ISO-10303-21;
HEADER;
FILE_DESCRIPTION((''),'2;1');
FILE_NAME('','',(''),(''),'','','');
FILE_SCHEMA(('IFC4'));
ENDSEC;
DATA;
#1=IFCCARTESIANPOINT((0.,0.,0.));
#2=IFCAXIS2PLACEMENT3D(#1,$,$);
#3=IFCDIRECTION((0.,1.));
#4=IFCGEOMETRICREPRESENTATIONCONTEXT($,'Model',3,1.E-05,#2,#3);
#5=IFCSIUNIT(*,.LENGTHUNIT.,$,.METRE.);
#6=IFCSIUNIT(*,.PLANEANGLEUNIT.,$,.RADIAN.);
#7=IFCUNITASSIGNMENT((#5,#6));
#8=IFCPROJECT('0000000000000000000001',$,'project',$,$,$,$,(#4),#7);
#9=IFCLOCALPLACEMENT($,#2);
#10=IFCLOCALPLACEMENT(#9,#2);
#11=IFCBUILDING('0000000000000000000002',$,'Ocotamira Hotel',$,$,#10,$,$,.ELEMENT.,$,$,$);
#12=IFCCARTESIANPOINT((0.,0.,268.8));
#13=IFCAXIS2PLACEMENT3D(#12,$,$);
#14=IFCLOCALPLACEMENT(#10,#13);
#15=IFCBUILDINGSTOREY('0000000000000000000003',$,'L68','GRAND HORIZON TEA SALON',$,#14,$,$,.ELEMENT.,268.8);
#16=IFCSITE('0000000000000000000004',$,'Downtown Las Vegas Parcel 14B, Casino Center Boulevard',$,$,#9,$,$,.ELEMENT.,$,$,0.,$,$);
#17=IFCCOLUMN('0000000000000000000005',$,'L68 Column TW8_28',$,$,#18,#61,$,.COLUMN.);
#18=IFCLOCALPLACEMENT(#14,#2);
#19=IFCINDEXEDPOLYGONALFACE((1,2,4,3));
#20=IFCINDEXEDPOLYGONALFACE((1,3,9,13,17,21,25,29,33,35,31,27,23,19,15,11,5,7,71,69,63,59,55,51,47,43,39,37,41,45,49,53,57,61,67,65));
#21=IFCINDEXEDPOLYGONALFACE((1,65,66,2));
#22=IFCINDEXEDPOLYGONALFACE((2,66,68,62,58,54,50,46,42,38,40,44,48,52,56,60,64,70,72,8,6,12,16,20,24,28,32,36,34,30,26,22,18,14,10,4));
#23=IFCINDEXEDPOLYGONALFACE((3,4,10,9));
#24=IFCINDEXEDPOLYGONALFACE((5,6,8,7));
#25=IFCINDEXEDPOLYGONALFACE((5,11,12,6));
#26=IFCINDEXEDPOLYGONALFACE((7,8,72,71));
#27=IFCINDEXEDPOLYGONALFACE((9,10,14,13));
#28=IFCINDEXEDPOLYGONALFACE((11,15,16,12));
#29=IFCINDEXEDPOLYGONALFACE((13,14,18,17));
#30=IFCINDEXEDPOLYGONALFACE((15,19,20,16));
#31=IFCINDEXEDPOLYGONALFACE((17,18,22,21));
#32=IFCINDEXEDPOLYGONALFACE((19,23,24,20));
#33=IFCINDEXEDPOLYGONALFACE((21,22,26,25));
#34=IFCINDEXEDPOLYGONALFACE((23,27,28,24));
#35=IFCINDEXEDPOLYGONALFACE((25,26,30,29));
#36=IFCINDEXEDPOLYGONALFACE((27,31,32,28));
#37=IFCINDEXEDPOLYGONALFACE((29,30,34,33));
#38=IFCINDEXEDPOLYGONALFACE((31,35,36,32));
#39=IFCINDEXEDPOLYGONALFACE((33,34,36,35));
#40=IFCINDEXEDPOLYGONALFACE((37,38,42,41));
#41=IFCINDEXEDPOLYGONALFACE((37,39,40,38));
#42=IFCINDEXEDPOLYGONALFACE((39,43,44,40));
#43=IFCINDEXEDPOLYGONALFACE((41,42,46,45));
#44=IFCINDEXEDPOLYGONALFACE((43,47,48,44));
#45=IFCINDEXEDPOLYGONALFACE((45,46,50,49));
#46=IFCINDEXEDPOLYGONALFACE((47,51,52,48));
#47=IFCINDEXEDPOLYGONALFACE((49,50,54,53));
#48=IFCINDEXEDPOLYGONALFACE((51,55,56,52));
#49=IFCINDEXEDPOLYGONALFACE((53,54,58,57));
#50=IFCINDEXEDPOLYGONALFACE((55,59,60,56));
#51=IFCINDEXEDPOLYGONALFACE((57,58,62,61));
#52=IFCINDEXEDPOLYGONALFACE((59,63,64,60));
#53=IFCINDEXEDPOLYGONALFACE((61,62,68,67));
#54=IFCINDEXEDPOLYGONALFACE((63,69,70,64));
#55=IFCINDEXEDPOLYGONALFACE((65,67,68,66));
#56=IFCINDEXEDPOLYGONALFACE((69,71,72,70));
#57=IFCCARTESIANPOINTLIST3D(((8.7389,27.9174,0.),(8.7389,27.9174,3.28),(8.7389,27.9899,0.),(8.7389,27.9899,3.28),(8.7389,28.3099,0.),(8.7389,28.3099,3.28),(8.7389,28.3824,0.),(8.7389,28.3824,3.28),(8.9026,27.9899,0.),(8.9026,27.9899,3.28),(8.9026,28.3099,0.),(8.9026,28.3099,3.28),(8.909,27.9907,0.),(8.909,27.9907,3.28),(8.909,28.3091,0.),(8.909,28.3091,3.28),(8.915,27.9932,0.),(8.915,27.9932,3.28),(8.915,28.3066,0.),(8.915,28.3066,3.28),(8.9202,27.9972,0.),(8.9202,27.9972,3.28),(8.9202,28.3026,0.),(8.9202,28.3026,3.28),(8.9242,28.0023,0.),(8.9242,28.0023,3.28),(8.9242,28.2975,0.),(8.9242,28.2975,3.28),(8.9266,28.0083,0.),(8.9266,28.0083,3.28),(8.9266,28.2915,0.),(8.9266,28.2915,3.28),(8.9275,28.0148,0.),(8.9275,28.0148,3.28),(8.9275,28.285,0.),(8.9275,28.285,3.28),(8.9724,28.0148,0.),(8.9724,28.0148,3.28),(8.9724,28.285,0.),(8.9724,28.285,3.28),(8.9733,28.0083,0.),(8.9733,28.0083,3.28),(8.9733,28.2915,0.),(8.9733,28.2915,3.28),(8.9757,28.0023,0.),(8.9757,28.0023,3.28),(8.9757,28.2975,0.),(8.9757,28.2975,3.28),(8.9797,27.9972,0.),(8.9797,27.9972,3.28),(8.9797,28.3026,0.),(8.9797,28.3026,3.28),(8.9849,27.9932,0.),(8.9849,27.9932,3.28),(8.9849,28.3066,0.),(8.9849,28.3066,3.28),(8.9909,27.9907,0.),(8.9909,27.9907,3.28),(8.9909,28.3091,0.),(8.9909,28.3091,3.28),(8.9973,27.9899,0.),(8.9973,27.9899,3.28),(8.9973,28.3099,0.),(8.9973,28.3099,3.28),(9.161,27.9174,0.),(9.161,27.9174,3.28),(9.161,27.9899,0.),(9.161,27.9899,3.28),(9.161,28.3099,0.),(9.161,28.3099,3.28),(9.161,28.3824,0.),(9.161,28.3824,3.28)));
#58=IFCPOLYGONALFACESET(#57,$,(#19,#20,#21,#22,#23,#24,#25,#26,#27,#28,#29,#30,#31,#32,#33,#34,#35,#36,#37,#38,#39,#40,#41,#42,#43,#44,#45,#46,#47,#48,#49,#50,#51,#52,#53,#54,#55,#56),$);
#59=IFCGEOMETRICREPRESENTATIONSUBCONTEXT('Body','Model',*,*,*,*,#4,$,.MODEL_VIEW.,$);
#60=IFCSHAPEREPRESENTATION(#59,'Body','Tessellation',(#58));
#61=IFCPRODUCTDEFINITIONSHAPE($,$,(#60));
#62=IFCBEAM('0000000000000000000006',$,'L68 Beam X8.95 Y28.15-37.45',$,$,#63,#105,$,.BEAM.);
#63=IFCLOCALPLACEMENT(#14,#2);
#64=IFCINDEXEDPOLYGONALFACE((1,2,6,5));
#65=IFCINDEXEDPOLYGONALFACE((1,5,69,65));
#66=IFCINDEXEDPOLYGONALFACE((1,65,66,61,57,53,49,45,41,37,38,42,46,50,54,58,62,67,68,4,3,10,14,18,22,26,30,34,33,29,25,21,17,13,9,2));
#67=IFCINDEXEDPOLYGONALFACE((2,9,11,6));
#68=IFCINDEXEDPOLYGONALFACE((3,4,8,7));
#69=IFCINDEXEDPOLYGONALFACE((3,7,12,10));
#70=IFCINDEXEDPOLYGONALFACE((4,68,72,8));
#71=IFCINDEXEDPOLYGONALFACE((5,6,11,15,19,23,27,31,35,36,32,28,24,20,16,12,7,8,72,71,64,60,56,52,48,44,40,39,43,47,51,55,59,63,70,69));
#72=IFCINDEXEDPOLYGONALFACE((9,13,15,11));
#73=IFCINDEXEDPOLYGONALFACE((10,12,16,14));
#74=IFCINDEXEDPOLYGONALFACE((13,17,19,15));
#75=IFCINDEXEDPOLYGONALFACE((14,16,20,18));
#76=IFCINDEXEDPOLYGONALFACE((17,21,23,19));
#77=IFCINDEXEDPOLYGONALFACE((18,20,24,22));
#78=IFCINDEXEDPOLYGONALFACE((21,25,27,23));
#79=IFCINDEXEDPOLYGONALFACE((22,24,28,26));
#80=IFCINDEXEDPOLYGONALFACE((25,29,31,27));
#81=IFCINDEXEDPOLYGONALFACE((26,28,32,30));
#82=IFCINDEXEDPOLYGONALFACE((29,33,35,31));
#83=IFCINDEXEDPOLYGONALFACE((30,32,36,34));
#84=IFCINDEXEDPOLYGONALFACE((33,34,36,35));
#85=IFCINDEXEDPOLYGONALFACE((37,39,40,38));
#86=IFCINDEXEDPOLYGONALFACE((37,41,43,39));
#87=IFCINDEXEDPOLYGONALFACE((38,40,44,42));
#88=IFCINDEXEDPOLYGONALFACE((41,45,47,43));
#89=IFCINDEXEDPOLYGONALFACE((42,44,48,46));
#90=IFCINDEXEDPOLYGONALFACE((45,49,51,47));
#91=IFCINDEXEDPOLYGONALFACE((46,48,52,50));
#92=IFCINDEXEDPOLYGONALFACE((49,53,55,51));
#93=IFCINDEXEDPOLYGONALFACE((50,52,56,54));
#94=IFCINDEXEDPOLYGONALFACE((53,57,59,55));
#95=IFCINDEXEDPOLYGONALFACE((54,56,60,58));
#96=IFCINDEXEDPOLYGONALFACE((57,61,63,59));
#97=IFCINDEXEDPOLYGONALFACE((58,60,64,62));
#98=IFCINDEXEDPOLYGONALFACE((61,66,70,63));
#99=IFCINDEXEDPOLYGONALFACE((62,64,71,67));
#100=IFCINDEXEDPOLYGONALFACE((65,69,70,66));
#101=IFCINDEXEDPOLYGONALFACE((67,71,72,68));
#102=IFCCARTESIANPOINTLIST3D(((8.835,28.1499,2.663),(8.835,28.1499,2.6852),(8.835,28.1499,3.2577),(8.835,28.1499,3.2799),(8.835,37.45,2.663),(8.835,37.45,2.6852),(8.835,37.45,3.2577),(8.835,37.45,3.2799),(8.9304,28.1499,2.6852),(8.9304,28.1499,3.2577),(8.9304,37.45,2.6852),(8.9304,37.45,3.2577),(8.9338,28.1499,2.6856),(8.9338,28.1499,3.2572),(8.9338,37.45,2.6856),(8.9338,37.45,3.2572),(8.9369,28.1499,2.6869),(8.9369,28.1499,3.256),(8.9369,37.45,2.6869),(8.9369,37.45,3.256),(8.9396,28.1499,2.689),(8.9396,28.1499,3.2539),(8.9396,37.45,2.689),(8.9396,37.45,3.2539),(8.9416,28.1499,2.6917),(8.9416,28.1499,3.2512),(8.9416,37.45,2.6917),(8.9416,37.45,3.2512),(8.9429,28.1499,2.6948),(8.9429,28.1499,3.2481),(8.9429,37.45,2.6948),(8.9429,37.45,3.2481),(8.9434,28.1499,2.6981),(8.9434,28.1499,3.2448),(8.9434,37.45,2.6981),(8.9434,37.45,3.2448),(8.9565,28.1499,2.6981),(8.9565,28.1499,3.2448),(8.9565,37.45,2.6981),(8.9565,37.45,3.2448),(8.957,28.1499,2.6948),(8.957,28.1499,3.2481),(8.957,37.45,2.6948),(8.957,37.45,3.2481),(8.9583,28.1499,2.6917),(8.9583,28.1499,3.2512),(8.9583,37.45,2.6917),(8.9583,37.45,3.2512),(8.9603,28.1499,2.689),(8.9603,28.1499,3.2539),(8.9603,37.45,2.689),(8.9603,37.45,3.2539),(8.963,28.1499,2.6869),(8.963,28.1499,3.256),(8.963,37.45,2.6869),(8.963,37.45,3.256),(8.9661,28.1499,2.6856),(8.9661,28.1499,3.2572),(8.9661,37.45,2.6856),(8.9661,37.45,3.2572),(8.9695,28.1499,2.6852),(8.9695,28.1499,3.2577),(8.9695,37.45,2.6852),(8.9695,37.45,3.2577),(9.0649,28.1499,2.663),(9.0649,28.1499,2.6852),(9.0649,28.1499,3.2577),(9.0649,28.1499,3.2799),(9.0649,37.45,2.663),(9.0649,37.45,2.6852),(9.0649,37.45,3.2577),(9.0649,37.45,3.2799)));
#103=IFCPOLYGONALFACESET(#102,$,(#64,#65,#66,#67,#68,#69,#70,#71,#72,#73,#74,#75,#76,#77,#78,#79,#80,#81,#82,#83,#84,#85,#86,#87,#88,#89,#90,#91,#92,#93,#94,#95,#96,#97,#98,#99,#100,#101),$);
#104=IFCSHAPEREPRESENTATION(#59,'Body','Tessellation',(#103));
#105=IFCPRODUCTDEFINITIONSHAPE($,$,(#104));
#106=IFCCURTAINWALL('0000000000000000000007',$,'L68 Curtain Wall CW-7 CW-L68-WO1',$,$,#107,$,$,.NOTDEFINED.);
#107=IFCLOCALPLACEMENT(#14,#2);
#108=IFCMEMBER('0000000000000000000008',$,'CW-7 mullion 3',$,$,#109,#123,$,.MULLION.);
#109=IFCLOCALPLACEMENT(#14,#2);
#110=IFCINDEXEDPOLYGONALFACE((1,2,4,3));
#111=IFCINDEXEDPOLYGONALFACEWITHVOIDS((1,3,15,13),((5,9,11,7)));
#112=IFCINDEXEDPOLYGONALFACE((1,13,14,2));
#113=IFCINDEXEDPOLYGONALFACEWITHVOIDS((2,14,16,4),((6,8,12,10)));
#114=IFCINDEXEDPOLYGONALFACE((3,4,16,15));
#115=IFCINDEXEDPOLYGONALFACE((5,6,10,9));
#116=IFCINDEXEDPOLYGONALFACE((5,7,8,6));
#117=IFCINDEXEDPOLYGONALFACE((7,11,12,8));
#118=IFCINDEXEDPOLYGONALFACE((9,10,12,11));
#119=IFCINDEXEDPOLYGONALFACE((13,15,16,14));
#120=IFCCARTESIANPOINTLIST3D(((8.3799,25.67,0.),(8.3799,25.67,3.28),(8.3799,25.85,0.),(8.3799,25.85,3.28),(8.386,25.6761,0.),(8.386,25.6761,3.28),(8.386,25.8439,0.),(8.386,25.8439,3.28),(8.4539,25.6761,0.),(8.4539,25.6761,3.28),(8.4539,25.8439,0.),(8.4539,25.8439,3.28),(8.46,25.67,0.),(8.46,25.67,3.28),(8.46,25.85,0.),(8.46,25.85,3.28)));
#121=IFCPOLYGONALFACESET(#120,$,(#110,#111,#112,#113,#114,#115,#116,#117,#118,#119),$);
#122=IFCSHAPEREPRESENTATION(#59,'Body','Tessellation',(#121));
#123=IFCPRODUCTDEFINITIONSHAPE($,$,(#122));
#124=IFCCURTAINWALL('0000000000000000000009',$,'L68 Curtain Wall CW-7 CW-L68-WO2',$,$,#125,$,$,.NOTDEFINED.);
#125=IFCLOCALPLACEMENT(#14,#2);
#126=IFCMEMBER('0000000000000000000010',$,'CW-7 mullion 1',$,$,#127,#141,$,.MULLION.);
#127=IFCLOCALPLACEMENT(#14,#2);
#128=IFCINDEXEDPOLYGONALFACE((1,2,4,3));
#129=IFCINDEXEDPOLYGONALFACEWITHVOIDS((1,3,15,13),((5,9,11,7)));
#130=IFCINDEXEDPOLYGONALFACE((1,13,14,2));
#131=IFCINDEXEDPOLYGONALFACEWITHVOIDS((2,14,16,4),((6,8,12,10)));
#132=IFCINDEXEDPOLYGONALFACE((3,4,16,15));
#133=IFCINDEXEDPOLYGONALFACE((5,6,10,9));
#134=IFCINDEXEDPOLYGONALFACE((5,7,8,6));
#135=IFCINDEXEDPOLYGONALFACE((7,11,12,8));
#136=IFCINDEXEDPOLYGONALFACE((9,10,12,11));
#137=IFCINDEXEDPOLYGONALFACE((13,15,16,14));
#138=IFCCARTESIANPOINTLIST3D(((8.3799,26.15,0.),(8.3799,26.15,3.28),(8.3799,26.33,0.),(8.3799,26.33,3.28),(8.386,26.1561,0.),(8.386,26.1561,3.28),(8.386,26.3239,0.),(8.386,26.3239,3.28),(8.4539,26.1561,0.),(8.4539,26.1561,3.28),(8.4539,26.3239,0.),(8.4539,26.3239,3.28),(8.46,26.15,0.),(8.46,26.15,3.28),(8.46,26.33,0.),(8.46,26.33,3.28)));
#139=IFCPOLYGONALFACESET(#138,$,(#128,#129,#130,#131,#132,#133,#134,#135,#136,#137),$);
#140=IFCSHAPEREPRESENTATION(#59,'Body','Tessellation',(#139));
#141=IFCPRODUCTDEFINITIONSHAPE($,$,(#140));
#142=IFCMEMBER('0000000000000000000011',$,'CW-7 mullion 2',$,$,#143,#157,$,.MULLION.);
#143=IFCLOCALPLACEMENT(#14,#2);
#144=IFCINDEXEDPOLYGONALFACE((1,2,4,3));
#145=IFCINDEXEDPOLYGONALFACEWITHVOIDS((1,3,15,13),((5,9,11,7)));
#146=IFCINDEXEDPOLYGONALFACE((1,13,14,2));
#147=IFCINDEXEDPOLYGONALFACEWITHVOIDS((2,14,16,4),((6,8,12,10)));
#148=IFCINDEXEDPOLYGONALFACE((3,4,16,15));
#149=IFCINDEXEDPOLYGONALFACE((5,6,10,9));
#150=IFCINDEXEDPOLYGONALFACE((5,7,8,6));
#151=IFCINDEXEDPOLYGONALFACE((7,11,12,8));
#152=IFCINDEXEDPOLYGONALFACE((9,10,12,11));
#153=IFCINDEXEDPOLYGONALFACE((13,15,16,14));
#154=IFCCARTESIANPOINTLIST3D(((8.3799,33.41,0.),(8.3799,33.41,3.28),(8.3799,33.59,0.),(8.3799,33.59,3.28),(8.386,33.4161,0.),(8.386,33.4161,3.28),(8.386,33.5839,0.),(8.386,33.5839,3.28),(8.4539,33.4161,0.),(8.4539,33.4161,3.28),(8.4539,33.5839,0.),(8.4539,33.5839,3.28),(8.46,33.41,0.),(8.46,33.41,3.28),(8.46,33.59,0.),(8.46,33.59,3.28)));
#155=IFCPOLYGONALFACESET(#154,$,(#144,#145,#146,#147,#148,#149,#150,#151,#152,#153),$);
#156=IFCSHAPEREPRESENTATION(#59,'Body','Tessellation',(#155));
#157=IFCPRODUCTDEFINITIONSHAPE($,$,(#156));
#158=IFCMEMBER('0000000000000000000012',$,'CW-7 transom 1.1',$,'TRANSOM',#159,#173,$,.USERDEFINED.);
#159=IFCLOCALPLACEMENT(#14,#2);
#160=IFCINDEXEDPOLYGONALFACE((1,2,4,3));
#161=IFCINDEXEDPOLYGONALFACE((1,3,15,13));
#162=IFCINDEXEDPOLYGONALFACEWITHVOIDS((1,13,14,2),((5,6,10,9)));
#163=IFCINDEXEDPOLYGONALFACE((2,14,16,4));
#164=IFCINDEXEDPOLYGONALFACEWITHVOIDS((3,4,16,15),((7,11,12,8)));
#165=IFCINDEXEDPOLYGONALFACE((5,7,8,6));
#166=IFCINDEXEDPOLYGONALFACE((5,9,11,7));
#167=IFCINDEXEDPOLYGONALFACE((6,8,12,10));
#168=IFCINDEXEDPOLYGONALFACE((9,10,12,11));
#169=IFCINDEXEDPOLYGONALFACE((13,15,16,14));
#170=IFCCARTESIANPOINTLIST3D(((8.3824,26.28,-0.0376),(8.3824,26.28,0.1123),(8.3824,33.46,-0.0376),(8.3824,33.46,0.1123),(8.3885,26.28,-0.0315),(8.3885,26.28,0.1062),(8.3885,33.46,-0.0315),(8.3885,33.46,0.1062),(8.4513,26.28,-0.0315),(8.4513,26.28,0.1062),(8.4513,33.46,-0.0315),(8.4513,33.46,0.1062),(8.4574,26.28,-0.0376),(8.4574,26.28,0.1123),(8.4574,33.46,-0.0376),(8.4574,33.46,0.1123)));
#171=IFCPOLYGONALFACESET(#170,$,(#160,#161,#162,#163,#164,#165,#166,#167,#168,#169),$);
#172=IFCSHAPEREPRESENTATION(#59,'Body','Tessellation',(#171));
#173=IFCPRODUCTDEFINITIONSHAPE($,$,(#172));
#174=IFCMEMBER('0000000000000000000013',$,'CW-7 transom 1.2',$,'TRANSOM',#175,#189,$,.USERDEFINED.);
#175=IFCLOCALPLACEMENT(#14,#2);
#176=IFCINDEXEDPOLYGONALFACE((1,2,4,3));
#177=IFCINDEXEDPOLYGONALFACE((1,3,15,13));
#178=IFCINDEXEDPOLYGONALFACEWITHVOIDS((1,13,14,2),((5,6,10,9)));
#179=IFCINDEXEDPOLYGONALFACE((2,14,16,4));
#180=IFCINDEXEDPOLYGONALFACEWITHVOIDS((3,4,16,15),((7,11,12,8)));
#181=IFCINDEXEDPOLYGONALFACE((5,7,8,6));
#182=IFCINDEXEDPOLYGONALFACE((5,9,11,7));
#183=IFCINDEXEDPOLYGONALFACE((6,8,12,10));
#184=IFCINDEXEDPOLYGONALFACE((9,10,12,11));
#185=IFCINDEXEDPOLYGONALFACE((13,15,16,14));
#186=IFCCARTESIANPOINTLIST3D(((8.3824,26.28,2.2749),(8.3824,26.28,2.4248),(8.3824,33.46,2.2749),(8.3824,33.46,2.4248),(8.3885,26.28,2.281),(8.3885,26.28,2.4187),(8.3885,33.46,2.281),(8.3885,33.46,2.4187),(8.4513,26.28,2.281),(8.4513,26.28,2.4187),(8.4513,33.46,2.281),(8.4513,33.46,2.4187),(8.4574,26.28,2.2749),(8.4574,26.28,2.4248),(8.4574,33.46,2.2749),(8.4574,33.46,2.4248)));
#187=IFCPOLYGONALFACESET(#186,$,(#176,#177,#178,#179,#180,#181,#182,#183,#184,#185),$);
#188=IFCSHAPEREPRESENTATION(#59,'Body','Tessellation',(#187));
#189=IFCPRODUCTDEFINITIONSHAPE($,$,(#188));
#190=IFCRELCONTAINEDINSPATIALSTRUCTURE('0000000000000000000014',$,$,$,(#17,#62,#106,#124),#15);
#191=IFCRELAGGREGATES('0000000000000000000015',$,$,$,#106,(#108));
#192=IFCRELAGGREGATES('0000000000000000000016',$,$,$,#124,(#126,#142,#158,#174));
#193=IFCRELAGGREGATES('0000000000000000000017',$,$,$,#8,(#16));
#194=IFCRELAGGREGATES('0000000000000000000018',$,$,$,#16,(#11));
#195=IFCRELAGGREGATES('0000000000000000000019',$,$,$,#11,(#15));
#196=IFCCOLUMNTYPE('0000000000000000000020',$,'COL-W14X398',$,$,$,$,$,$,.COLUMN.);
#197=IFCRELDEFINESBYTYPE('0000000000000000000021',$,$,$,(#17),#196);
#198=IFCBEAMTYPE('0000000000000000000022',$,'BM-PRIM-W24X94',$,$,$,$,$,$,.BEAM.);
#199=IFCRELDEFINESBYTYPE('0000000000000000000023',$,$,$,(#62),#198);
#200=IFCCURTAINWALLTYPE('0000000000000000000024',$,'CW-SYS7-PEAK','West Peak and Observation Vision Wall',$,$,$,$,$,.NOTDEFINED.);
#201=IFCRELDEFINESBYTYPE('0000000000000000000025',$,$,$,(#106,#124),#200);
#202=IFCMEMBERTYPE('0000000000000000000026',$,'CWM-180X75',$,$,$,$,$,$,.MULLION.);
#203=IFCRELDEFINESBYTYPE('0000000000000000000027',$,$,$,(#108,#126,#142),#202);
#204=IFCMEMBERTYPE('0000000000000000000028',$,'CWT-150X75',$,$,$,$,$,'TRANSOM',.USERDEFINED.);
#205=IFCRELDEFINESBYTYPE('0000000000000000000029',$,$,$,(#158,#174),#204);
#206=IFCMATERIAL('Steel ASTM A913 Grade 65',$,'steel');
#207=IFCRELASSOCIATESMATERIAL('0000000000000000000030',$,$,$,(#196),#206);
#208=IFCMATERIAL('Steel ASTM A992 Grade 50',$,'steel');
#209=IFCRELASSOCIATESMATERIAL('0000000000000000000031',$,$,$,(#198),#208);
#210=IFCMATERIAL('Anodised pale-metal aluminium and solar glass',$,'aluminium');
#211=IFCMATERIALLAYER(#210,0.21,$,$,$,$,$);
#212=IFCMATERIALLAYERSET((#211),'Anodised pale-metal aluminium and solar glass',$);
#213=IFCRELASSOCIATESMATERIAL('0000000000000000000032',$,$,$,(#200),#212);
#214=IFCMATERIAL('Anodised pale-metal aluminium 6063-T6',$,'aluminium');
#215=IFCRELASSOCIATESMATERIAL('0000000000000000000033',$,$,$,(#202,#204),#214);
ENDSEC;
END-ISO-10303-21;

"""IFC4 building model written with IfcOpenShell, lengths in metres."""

from ifc_helpers import new_model, si_unit, direction, frame, origin, origin_2d, place, context, subcontext, project, spatial, hollow_rectangle, i_section, extrude, source, transform, mapped, material, layer, layer_set, material_profile, profile_set, type_object, element, aggregate, save


model = new_model("IFC4")

# Units and contexts
model_context = context("Model", 3, precision=1e-05, world=origin(), true_north=direction((0.0, 1.0)))
body_context = subcontext(model_context, "Body", "Model", "MODEL_VIEW")
ifc_project = project(units=[si_unit("LENGTHUNIT", "METRE"), si_unit("PLANEANGLEUNIT", "RADIAN")], contexts=[model_context])

# Site, building, storey
site_placement = place(None, origin())
site = spatial("IfcSite", under=ifc_project, at=site_placement, Name="Downtown Las Vegas Parcel 14B, Casino Center Boulevard", CompositionType="ELEMENT", RefElevation=0.0)
building_placement = place(site_placement, origin())
building = spatial("IfcBuilding", under=site, at=building_placement, Name="Ocotamira Hotel", CompositionType="ELEMENT")
storey_placement = place(building_placement, frame((0.0, 0.0, 268.8)))
storey = spatial("IfcBuildingStorey", under=building, at=storey_placement, Name="L68", Description="GRAND HORIZON TEA SALON", CompositionType="ELEMENT", Elevation=268.8)

# Column
ifc_material_1 = material(Name="Steel ASTM A913 Grade 65", Category="steel")
ifc_material_profile_1 = material_profile(ifc_material_1, i_section(OverallWidth=0.4221, OverallDepth=0.4651, WebThickness=0.0449, FlangeThickness=0.0725, FilletRadius=0.0249, at=origin_2d()), Name="W14X398")
ifc_profile_set_1 = profile_set([ifc_material_profile_1], Name="Steel ASTM A913 Grade 65")
column_type = type_object("IfcColumnType", Name="COL-W14X398", PredefinedType="COLUMN", material=ifc_profile_set_1)
shared_shape_1 = source(origin(), body_context, "Body", "SweptSolid", [
    extrude(i_section(OverallWidth=0.4221, OverallDepth=0.4651, WebThickness=0.0449, FlangeThickness=0.0725, FilletRadius=0.0249, at=origin_2d()), origin(), (0.0, 0.0, 1.0), 3.28),
])
column_placement = place(storey_placement, frame((8.95, 28.1499, 0.0), z_axis=(0.0, 0.0, 1.0), x_axis=(1.0, 0.0, 0.0)))
element("IfcColumn", 1, at=column_placement, inside=storey, type_object=column_type, Name="L68 Column TW8_28", PredefinedType="COLUMN", context=body_context, shape_type="MappedRepresentation", body=[
    mapped(shared_shape_1, transform((0.0, 0.0, 0.0), scale=1.0)),
])

# Beam
ifc_material_2 = material(Name="Steel ASTM A992 Grade 50", Category="steel")
ifc_material_profile_2 = material_profile(ifc_material_2, i_section(OverallWidth=0.23, OverallDepth=0.6169, WebThickness=0.0132, FlangeThickness=0.0222, FilletRadius=0.0129, at=origin_2d()), Name="W24X94")
ifc_profile_set_2 = profile_set([ifc_material_profile_2], Name="Steel ASTM A992 Grade 50")
beam_type = type_object("IfcBeamType", Name="BM-PRIM-W24X94", PredefinedType="BEAM", material=ifc_profile_set_2)
shared_shape_2 = source(origin(), body_context, "Body", "SweptSolid", [
    extrude(i_section(OverallWidth=0.23, OverallDepth=0.6169, WebThickness=0.0132, FlangeThickness=0.0222, FilletRadius=0.0129, at=origin_2d()), origin(), (0.0, 0.0, 1.0), 9.3),
])
beam_placement = place(storey_placement, frame((8.95, 28.1499, 2.9714), z_axis=(0.0, 1.0, 0.0), x_axis=(-1.0, 0.0, 0.0)))
element("IfcBeam", 2, at=beam_placement, inside=storey, type_object=beam_type, Name="L68 Beam X8.95 Y28.15-37.45", PredefinedType="BEAM", context=body_context, shape_type="MappedRepresentation", body=[
    mapped(shared_shape_2, transform((0.0, 0.0, 0.0), scale=1.0)),
])

# Curtain wall, member
ifc_material_3 = material(Name="Anodised pale-metal aluminium and solar glass", Category="aluminium")
ifc_layer_1 = layer(ifc_material_3, 0.21)
ifc_layer_set_1 = layer_set([ifc_layer_1], Name="Anodised pale-metal aluminium and solar glass")
curtain_wall_type = type_object("IfcCurtainWallType", Name="CW-SYS7-PEAK", Description="West Peak and Observation Vision Wall", PredefinedType="NOTDEFINED", material=ifc_layer_set_1)
curtain_wall_1_placement = place(storey_placement, origin())
curtain_wall_1 = element("IfcCurtainWall", 3, at=curtain_wall_1_placement, inside=storey, type_object=curtain_wall_type, Name="L68 Curtain Wall CW-7 CW-L68-WO1", PredefinedType="NOTDEFINED")
ifc_material_4 = material(Name="Anodised pale-metal aluminium 6063-T6", Category="aluminium")
ifc_material_profile_3 = material_profile(ifc_material_4, hollow_rectangle(XDim=0.0801, YDim=0.1799, WallThickness=0.0061, at=origin_2d()), Name="HSS180X80X6")
ifc_profile_set_3 = profile_set([ifc_material_profile_3], Name="Anodised pale-metal aluminium 6063-T6")
member_type_1 = type_object("IfcMemberType", Name="CWM-180X75", PredefinedType="MULLION", material=ifc_profile_set_3)
shared_shape_3 = source(origin(), body_context, "Body", "SweptSolid", [
    extrude(hollow_rectangle(XDim=0.0801, YDim=0.1799, WallThickness=0.0061, at=origin_2d()), origin(), (0.0, 0.0, 1.0), 3.28),
])
member_1_placement = place(storey_placement, frame((8.4199, 25.76, 0.0), z_axis=(0.0, 0.0, 1.0), x_axis=(-1.0, 0.0, 0.0)))
member_1 = element("IfcMember", 4, at=member_1_placement, type_object=member_type_1, Name="CW-7 mullion 3", PredefinedType="MULLION", context=body_context, shape_type="MappedRepresentation", body=[
    mapped(shared_shape_3, transform((0.0, 0.0, 0.0), scale=1.0)),
])
aggregate(curtain_wall_1, [member_1])

# Curtain wall, members
curtain_wall_2_placement = place(storey_placement, origin())
curtain_wall_2 = element("IfcCurtainWall", 5, at=curtain_wall_2_placement, inside=storey, type_object=curtain_wall_type, Name="L68 Curtain Wall CW-7 CW-L68-WO2", PredefinedType="NOTDEFINED")
member_2_placement = place(storey_placement, frame((8.4199, 26.24, 0.0), z_axis=(0.0, 0.0, 1.0), x_axis=(-1.0, 0.0, 0.0)))
member_2 = element("IfcMember", 6, at=member_2_placement, type_object=member_type_1, Name="CW-7 mullion 1", PredefinedType="MULLION", context=body_context, shape_type="MappedRepresentation", body=[
    mapped(shared_shape_3, transform((0.0, 0.0, 0.0), scale=1.0)),
])
member_3_placement = place(storey_placement, frame((8.4199, 33.5, 0.0), z_axis=(0.0, 0.0, 1.0), x_axis=(-1.0, 0.0, 0.0)))
member_3 = element("IfcMember", 7, at=member_3_placement, type_object=member_type_1, Name="CW-7 mullion 2", PredefinedType="MULLION", context=body_context, shape_type="MappedRepresentation", body=[
    mapped(shared_shape_3, transform((0.0, 0.0, 0.0), scale=1.0)),
])
ifc_material_profile_4 = material_profile(ifc_material_4, hollow_rectangle(XDim=0.075, YDim=0.1499, WallThickness=0.0061, at=origin_2d()), Name="HSS150X75X6")
ifc_profile_set_4 = profile_set([ifc_material_profile_4], Name="Anodised pale-metal aluminium 6063-T6")
member_type_2 = type_object("IfcMemberType", Name="CWT-150X75", ElementType="TRANSOM", PredefinedType="USERDEFINED", material=ifc_profile_set_4)
shared_shape_4 = source(origin(), body_context, "Body", "SweptSolid", [
    extrude(hollow_rectangle(XDim=0.075, YDim=0.1499, WallThickness=0.0061, at=origin_2d()), origin(), (0.0, 0.0, 1.0), 7.1799),
])
member_4_placement = place(storey_placement, frame((8.4199, 26.28, 0.0374), z_axis=(0.0, 1.0, 0.0), x_axis=(-1.0, 0.0, 0.0)))
member_4 = element("IfcMember", 8, at=member_4_placement, type_object=member_type_2, Name="CW-7 transom 1.1", ObjectType="TRANSOM", PredefinedType="USERDEFINED", context=body_context, shape_type="MappedRepresentation", body=[
    mapped(shared_shape_4, transform((0.0, 0.0, 0.0), scale=1.0)),
])
member_5_placement = place(storey_placement, frame((8.4199, 26.28, 2.3499), z_axis=(0.0, 1.0, 0.0), x_axis=(-1.0, 0.0, 0.0)))
member_5 = element("IfcMember", 9, at=member_5_placement, type_object=member_type_2, Name="CW-7 transom 1.2", ObjectType="TRANSOM", PredefinedType="USERDEFINED", context=body_context, shape_type="MappedRepresentation", body=[
    mapped(shared_shape_4, transform((0.0, 0.0, 0.0), scale=1.0)),
])
aggregate(curtain_wall_2, [member_2, member_3, member_4, member_5])

save(model, "model.ifc")
